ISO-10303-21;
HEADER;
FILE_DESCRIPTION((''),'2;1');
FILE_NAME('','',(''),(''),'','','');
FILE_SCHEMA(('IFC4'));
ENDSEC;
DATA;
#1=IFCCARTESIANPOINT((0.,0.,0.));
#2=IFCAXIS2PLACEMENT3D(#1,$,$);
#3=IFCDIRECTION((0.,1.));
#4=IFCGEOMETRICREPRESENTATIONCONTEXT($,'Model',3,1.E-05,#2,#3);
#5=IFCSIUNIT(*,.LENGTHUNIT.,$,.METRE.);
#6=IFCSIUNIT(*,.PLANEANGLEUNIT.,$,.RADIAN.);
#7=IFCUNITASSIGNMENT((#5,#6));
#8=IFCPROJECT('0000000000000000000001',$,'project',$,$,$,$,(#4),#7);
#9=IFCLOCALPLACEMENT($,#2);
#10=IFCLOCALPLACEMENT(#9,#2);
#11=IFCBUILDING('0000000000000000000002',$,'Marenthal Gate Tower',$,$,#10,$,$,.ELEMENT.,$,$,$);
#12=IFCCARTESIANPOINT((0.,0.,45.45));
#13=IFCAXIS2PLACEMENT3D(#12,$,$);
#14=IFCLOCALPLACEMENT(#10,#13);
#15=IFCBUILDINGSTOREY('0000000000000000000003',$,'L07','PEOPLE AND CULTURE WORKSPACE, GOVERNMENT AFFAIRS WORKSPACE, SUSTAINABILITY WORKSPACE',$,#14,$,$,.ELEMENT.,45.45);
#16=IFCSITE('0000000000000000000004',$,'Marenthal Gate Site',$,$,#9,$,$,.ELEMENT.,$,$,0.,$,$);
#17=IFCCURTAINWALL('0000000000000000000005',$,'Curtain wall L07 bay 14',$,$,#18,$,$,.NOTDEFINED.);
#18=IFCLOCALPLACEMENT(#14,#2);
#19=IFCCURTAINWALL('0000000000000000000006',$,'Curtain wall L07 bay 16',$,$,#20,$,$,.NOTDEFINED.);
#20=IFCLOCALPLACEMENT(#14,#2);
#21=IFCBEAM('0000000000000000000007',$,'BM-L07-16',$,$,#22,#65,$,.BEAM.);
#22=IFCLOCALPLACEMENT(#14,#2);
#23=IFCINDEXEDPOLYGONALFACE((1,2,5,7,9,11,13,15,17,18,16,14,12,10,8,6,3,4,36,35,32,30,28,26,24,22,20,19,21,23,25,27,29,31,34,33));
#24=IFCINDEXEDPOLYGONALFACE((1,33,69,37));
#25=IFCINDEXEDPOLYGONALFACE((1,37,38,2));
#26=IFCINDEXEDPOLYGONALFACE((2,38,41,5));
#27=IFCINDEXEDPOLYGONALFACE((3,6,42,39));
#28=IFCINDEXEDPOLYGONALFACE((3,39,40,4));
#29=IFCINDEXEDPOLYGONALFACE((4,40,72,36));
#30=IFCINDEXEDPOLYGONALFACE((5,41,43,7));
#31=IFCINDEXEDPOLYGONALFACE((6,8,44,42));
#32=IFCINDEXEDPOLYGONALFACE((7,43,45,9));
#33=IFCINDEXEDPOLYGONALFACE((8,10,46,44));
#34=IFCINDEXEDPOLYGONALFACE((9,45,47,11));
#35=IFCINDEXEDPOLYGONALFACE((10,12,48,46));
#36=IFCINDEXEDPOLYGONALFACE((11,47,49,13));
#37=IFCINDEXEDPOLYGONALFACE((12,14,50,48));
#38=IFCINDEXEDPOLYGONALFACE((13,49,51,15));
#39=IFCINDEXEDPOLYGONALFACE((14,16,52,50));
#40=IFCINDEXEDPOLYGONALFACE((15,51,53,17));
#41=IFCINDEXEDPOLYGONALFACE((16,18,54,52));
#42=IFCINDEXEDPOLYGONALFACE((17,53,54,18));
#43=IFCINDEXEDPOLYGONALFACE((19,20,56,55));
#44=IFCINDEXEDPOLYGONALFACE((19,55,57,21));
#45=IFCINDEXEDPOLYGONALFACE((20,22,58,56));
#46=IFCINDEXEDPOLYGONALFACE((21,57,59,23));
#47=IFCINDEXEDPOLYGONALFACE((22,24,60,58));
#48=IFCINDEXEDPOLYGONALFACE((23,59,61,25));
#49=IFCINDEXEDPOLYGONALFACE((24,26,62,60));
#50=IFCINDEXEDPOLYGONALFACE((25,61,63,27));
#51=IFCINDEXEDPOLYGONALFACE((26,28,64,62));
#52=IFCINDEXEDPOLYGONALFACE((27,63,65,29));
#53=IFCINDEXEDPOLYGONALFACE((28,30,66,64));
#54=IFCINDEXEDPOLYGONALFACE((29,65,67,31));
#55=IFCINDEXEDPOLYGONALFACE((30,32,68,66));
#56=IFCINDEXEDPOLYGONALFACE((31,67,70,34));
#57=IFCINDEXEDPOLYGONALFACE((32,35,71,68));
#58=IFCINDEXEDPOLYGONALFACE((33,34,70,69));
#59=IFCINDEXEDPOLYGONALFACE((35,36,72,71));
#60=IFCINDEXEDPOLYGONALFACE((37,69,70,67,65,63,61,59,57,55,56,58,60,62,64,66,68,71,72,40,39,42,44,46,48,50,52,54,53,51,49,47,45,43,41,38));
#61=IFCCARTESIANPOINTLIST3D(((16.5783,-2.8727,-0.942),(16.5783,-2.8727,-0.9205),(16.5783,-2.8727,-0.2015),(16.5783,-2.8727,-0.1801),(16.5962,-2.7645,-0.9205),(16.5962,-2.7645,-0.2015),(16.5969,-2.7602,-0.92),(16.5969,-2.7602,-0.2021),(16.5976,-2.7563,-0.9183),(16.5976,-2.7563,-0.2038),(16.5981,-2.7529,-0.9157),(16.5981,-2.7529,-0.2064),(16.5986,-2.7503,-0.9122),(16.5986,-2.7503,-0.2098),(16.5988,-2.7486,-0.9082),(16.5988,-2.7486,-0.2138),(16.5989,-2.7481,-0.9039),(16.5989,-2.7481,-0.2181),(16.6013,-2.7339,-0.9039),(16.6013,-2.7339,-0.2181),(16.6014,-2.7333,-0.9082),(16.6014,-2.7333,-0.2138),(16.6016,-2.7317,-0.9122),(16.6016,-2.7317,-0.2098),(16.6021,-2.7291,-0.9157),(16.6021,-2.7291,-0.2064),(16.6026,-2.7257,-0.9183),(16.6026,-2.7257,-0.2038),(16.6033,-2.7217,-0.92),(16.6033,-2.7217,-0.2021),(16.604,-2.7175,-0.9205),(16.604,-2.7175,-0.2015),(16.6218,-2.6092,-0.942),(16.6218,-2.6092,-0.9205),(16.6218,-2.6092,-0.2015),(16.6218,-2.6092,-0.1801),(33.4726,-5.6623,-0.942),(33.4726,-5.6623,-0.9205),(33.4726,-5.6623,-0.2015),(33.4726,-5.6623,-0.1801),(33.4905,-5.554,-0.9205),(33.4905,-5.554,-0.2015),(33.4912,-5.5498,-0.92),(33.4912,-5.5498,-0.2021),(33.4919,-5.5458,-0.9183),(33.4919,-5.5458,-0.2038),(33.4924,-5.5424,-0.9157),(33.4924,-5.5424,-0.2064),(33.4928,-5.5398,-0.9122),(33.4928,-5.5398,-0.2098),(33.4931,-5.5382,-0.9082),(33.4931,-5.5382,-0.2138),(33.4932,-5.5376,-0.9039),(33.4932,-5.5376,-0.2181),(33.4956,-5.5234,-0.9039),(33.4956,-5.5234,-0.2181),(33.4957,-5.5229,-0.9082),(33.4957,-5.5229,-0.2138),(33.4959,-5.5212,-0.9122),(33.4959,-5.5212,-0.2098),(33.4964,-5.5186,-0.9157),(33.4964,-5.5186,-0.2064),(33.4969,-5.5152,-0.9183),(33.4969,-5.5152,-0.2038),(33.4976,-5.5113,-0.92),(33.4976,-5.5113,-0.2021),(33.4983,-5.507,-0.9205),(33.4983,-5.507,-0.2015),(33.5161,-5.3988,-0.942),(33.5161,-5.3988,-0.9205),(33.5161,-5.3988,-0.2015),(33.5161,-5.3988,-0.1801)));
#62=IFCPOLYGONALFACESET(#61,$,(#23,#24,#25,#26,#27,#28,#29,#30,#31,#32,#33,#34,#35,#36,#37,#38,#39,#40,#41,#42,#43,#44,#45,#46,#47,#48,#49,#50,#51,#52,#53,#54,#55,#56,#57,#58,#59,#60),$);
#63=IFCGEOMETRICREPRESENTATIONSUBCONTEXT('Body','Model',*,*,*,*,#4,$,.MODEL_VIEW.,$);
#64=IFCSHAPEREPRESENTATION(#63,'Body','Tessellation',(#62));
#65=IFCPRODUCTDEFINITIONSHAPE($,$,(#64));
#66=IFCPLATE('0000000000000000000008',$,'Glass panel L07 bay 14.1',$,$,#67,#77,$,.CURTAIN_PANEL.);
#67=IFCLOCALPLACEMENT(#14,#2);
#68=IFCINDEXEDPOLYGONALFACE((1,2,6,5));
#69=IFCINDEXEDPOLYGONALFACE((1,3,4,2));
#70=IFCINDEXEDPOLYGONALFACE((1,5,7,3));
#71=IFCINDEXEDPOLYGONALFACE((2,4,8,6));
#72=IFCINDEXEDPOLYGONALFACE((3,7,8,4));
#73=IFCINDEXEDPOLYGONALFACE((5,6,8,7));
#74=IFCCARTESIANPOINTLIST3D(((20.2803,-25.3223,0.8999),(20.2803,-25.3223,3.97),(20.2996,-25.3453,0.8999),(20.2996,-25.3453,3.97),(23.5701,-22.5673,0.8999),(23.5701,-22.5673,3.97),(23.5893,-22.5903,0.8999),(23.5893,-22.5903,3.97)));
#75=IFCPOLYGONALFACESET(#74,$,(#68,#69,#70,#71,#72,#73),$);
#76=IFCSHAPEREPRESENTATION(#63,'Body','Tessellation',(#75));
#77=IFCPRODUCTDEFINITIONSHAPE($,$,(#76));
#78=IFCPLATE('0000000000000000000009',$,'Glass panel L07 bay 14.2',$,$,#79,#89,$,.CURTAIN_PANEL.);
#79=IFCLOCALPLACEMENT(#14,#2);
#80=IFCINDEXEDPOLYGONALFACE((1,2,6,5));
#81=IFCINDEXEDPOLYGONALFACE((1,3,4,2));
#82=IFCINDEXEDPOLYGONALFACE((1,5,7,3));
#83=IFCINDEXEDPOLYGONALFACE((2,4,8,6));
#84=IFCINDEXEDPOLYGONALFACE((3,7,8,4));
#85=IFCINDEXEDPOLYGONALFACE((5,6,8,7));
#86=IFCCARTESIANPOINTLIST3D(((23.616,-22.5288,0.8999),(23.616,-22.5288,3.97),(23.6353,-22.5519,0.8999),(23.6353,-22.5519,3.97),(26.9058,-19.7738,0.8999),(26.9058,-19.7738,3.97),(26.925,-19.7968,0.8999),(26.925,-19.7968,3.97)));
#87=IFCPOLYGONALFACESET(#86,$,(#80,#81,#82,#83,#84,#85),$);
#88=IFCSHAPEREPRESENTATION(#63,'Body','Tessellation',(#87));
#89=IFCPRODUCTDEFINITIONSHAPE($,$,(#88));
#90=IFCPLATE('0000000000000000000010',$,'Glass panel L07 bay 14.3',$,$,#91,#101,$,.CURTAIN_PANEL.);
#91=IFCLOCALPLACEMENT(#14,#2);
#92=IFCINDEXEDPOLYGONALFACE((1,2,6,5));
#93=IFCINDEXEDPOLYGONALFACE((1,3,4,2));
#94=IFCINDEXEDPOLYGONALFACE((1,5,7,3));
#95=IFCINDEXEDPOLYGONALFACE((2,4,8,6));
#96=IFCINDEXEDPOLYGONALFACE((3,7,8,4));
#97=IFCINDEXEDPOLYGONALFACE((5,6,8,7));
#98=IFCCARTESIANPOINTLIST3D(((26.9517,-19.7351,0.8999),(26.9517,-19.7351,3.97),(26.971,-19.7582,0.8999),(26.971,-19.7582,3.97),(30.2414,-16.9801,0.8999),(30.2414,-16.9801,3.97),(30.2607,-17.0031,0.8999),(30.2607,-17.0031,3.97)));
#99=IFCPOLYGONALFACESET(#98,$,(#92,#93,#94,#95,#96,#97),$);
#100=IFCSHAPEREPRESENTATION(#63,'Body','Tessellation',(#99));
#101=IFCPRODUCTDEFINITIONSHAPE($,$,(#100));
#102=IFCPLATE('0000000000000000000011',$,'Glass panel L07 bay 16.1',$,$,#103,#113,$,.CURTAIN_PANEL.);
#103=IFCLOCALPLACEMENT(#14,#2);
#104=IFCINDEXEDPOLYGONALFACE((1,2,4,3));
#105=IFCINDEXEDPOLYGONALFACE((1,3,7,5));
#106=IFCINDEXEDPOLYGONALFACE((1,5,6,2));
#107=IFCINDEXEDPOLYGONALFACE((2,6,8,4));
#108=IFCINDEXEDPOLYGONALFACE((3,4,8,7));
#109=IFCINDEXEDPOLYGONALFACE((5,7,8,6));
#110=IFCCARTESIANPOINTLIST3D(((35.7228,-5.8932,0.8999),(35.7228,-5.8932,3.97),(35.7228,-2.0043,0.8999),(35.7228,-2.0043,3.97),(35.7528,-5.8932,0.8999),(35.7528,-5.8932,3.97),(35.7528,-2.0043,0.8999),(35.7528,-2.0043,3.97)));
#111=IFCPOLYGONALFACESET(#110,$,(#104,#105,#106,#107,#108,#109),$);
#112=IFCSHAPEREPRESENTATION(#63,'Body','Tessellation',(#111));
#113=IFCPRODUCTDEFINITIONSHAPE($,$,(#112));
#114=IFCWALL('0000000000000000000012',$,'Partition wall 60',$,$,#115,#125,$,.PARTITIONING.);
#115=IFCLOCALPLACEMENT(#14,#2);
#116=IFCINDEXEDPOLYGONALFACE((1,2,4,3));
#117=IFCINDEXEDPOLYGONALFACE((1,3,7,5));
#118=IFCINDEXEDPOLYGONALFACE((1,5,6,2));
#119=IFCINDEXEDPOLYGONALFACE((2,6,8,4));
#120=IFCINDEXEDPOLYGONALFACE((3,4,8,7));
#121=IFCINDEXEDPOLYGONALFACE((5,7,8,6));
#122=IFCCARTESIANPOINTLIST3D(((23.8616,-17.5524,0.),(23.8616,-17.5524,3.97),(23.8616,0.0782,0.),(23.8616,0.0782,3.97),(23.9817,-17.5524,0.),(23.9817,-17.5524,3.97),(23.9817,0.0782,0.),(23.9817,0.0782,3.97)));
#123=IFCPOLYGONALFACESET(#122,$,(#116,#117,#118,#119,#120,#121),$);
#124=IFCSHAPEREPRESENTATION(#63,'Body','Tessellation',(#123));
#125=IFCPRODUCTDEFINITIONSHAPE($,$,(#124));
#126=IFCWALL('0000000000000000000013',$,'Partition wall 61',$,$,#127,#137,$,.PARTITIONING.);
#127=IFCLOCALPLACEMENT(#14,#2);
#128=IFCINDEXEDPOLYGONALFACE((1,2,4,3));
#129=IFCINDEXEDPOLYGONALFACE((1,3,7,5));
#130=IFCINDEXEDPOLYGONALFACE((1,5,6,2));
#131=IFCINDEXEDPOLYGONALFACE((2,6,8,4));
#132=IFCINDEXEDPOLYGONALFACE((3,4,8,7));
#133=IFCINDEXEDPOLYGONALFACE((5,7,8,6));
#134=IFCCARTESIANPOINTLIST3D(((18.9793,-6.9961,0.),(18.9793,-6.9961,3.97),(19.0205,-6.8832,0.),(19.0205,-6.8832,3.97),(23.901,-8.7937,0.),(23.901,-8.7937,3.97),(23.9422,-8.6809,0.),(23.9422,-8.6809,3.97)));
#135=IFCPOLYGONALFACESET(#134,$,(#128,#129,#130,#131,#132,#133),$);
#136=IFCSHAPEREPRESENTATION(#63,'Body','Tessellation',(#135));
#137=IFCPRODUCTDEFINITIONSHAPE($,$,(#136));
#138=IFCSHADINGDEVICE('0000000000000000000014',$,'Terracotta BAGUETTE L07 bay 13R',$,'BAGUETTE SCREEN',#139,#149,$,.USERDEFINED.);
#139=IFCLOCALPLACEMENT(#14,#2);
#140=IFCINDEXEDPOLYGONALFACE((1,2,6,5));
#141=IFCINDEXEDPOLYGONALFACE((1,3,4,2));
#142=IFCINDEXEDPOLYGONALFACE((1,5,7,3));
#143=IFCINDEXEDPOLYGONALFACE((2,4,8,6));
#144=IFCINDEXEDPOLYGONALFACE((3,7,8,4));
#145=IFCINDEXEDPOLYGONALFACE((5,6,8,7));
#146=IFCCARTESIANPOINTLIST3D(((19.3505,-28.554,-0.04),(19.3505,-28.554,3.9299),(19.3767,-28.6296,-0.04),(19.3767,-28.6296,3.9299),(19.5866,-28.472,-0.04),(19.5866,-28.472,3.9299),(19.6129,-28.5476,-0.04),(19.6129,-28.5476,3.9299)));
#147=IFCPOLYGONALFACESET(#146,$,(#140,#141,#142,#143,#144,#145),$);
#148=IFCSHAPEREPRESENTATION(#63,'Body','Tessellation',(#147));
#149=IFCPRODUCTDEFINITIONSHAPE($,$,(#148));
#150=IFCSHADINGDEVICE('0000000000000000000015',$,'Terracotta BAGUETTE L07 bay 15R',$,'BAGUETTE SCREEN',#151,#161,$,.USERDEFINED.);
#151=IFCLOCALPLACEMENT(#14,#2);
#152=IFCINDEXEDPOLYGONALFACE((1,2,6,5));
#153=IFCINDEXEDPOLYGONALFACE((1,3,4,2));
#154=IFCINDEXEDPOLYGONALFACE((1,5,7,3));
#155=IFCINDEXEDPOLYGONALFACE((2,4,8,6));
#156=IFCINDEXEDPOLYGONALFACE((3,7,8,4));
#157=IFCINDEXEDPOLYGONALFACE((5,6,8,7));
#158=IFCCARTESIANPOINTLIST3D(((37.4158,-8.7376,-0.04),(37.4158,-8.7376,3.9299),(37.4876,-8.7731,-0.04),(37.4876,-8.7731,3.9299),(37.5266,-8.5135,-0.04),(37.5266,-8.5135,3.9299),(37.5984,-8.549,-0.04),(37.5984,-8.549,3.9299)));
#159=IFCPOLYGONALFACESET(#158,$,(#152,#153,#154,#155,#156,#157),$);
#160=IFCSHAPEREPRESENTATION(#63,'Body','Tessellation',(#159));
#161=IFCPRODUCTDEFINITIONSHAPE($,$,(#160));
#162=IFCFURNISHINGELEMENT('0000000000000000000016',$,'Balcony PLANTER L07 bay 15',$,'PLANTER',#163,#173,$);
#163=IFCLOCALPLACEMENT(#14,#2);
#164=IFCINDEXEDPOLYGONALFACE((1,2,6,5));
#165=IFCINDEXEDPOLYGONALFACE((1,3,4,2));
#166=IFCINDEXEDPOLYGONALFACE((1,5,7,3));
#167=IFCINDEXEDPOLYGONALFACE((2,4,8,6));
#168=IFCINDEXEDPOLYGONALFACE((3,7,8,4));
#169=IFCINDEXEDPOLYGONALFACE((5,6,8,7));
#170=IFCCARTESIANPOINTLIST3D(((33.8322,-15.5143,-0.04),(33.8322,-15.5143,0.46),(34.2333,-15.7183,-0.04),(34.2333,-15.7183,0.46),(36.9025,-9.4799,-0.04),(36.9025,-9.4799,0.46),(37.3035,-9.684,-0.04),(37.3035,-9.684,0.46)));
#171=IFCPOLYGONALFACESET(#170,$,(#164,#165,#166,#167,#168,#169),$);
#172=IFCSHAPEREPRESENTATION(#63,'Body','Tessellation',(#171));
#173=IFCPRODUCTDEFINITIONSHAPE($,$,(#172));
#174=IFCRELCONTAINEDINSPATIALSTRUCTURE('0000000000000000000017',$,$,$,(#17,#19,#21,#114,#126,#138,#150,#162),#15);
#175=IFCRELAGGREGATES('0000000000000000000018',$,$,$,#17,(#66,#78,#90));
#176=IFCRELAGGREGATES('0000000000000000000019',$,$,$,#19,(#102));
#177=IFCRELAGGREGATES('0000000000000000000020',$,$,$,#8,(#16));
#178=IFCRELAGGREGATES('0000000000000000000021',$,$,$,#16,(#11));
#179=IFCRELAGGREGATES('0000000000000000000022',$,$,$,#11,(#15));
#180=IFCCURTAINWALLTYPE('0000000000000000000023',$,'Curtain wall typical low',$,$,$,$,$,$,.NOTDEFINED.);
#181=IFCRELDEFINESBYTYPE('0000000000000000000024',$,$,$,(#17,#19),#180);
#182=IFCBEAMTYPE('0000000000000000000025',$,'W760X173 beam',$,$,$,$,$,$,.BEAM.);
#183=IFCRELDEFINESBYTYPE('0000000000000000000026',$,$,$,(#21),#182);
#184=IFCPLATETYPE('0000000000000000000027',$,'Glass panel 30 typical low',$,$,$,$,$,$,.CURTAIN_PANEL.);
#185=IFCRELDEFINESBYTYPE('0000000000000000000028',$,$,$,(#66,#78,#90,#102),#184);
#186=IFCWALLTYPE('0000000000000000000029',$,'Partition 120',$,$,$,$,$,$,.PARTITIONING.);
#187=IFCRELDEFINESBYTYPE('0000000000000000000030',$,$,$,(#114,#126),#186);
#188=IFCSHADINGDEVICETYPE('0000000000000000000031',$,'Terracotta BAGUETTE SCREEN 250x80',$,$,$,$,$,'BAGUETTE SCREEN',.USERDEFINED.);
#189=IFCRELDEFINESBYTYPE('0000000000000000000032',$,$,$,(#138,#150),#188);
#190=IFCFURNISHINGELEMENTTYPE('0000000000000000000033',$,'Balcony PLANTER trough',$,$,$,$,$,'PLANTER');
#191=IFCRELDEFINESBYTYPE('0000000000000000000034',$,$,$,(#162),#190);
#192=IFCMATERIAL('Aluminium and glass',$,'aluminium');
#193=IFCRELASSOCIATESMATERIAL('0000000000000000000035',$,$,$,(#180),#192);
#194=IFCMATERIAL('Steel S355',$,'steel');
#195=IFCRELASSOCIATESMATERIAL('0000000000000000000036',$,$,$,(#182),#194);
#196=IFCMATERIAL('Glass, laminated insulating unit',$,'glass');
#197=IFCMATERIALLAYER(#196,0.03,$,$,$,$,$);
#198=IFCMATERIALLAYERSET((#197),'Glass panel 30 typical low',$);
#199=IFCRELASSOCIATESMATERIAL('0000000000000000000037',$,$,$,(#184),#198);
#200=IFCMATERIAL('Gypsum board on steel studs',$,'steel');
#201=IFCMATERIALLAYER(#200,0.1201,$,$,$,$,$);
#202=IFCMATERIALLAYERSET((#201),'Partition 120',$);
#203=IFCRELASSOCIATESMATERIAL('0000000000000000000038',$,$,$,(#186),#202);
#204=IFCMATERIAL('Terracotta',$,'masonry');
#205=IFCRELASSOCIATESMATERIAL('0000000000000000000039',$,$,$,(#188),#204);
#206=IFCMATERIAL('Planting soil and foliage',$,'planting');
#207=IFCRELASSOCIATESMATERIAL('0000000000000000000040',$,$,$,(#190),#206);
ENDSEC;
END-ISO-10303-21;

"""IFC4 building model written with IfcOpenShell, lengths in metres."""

from ifc_helpers import new_model, si_unit, direction, frame, frame_2d, origin, origin_2d, place, context, subcontext, project, spatial, rectangle, i_section, extrude, material, layer, layer_set, material_profile, profile_set, type_object, element, aggregate, save


model = new_model("IFC4")

# Units and contexts
model_context = context("Model", 3, precision=1e-05, world=origin(), true_north=direction((0.0, 1.0)))
body_context = subcontext(model_context, "Body", "Model", "MODEL_VIEW")
ifc_project = project(units=[si_unit("LENGTHUNIT", "METRE"), si_unit("PLANEANGLEUNIT", "RADIAN")], contexts=[model_context])

# Site, building, storey
site_placement = place(None, origin())
site = spatial("IfcSite", under=ifc_project, at=site_placement, Name="Marenthal Gate Site", CompositionType="ELEMENT", RefElevation=0.0)
building_placement = place(site_placement, origin())
building = spatial("IfcBuilding", under=site, at=building_placement, Name="Marenthal Gate Tower", CompositionType="ELEMENT")
storey_placement = place(building_placement, frame((0.0, 0.0, 45.45)))
storey = spatial("IfcBuildingStorey", under=building, at=storey_placement, Name="L07", Description="PEOPLE AND CULTURE WORKSPACE, GOVERNMENT AFFAIRS WORKSPACE, SUSTAINABILITY WORKSPACE", CompositionType="ELEMENT", Elevation=45.45)

# Curtain walls
ifc_material_1 = material(Name="Aluminium and glass", Category="aluminium")
curtain_wall_type = type_object("IfcCurtainWallType", Name="Curtain wall typical low", PredefinedType="NOTDEFINED", material=ifc_material_1)
curtain_wall_1_placement = place(storey_placement, origin())
curtain_wall_1 = element("IfcCurtainWall", 1, at=curtain_wall_1_placement, inside=storey, type_object=curtain_wall_type, Name="Curtain wall L07 bay 14", PredefinedType="NOTDEFINED")
curtain_wall_2_placement = place(storey_placement, origin())
curtain_wall_2 = element("IfcCurtainWall", 2, at=curtain_wall_2_placement, inside=storey, type_object=curtain_wall_type, Name="Curtain wall L07 bay 16", PredefinedType="NOTDEFINED")

# Beam
ifc_material_2 = material(Name="Steel S355", Category="steel")
ifc_material_profile_1 = material_profile(ifc_material_2, i_section(OverallWidth=0.2671, OverallDepth=0.762, WebThickness=0.0144, FlangeThickness=0.0215, FilletRadius=0.0166, at=origin_2d()), Name="W760X173")
ifc_profile_set_1 = profile_set([ifc_material_profile_1], Name="Steel S355")
beam_type_1 = type_object("IfcBeamType", Name="W760X173 beam", PredefinedType="BEAM", material=ifc_profile_set_1)
beam_1_placement = place(storey_placement, frame((33.4944, -5.5305, -0.561), z_axis=(-0.986641, 0.162912, 0.0), x_axis=(-0.162912, -0.986641, 0.0)))
element("IfcBeam", 3, at=beam_1_placement, inside=storey, type_object=beam_type_1, Name="BM-L07-16", PredefinedType="BEAM", context=body_context, shape_type="SweptSolid", body=[
    extrude(i_section(OverallWidth=0.2671, OverallDepth=0.762, WebThickness=0.0144, FlangeThickness=0.0215, FilletRadius=0.0166, at=origin_2d()), origin(), (0.0, 0.0, 1.0), 17.123),
])

# Plates
ifc_material_3 = material(Name="Glass, laminated insulating unit", Category="glass")
ifc_layer_1 = layer(ifc_material_3, 0.03)
ifc_layer_set_1 = layer_set([ifc_layer_1], Name="Glass panel 30 typical low")
plate_type = type_object("IfcPlateType", Name="Glass panel 30 typical low", PredefinedType="CURTAIN_PANEL", material=ifc_layer_set_1)
plate_1_placement = place(storey_placement, frame((21.9348, -23.9563, 0.8999), z_axis=(0.0, 0.0, 1.0), x_axis=(0.766665, 0.642047, 0.0)))
plate_1 = element("IfcPlate", 4, at=plate_1_placement, type_object=plate_type, Name="Glass panel L07 bay 14.1", PredefinedType="CURTAIN_PANEL", context=body_context, shape_type="SweptSolid", body=[
    extrude(rectangle(XDim=4.291, YDim=0.03, at=origin_2d()), origin(), (0.0, 0.0, 1.0), 3.0701),
])
plate_2_placement = place(storey_placement, frame((25.2705, -21.1628, 0.8999), z_axis=(0.0, 0.0, 1.0), x_axis=(0.766665, 0.642047, 0.0)))
plate_2 = element("IfcPlate", 5, at=plate_2_placement, type_object=plate_type, Name="Glass panel L07 bay 14.2", PredefinedType="CURTAIN_PANEL", context=body_context, shape_type="SweptSolid", body=[
    extrude(rectangle(XDim=4.291, YDim=0.03, at=origin_2d()), origin(), (0.0, 0.0, 1.0), 3.0701),
])
plate_3_placement = place(storey_placement, frame((28.6062, -18.3691, 0.8999), z_axis=(0.0, 0.0, 1.0), x_axis=(0.766665, 0.642047, 0.0)))
plate_3 = element("IfcPlate", 6, at=plate_3_placement, type_object=plate_type, Name="Glass panel L07 bay 14.3", PredefinedType="CURTAIN_PANEL", context=body_context, shape_type="SweptSolid", body=[
    extrude(rectangle(XDim=4.291, YDim=0.03, at=origin_2d()), origin(), (0.0, 0.0, 1.0), 3.0701),
])
aggregate(curtain_wall_1, [plate_1, plate_2, plate_3])
plate_4_placement = place(storey_placement, frame((35.7378, -3.9487, 0.8999), z_axis=(0.0, 0.0, 1.0), x_axis=(0.0, 1.0, 0.0)))
plate_4 = element("IfcPlate", 7, at=plate_4_placement, type_object=plate_type, Name="Glass panel L07 bay 16.1", PredefinedType="CURTAIN_PANEL", context=body_context, shape_type="SweptSolid", body=[
    extrude(rectangle(XDim=3.8889, YDim=0.03, at=origin_2d()), origin(), (0.0, 0.0, 1.0), 3.0701),
])
aggregate(curtain_wall_2, [plate_4])

# Walls
ifc_material_4 = material(Name="Gypsum board on steel studs", Category="steel")
ifc_layer_2 = layer(ifc_material_4, 0.1201)
ifc_layer_set_2 = layer_set([ifc_layer_2], Name="Partition 120")
wall_type_1 = type_object("IfcWallType", Name="Partition 120", PredefinedType="PARTITIONING", material=ifc_layer_set_2)
wall_1_placement = place(storey_placement, frame((23.9216, -17.5525, 0.0), z_axis=(0.0, 0.0, 1.0), x_axis=(0.0, 1.0, 0.0)))
element("IfcWall", 8, at=wall_1_placement, inside=storey, type_object=wall_type_1, Name="Partition wall 60", PredefinedType="PARTITIONING", context=body_context, shape_type="SweptSolid", body=[
    extrude(rectangle(XDim=17.6306, YDim=0.1201, at=frame_2d((8.8154, 0.0))), origin(), (0.0, 0.0, 1.0), 3.97),
])
wall_2_placement = place(storey_placement, frame((23.9216, -8.7373, 0.0), z_axis=(0.0, 0.0, 1.0), x_axis=(-0.939307, 0.343078, 0.0)))
element("IfcWall", 9, at=wall_2_placement, inside=storey, type_object=wall_type_1, Name="Partition wall 61", PredefinedType="PARTITIONING", context=body_context, shape_type="SweptSolid", body=[
    extrude(rectangle(XDim=5.2397, YDim=0.1201, at=frame_2d((2.6199, 0.0))), origin(), (0.0, 0.0, 1.0), 3.97),
])

# Shading devices
ifc_material_5 = material(Name="Terracotta", Category="masonry")
ifc_material_profile_2 = material_profile(ifc_material_5, rectangle(XDim=0.25, YDim=0.0801, at=origin_2d()), Name="Terracotta baguette 250x80")
ifc_profile_set_2 = profile_set([ifc_material_profile_2], Name="Terracotta")
shading_device_type = type_object("IfcShadingDeviceType", Name="Terracotta BAGUETTE SCREEN 250x80", ElementType="BAGUETTE SCREEN", PredefinedType="USERDEFINED", material=ifc_profile_set_2)
for number, where, z_axis, x_axis, name in (
    (10, (19.4817, -28.5508, -0.04), (0.0, 0.0, 1.0), (0.944691, 0.327963, 0.0), "Terracotta BAGUETTE L07 bay 13R"),
    (11, (37.5071, -8.6433, -0.04), (0.0, 0.0, 1.0), (0.443058, 0.896493, 0.0), "Terracotta BAGUETTE L07 bay 15R"),
):
    element("IfcShadingDevice", number, at=place(storey_placement, frame(where, z_axis=z_axis, x_axis=x_axis)), inside=storey, type_object=shading_device_type, Name=name, ObjectType="BAGUETTE SCREEN", PredefinedType="USERDEFINED", context=body_context, shape_type="SweptSolid", body=[
        extrude(rectangle(XDim=0.25, YDim=0.0801, at=origin_2d()), origin(), (0.0, 0.0, 1.0), 3.97),
    ])

# Furnishing element
ifc_material_6 = material(Name="Planting soil and foliage", Category="planting")
furnishing_element_type = type_object("IfcFurnishingElementType", Name="Balcony PLANTER trough", ElementType="PLANTER", material=ifc_material_6)
furnishing_placement = place(storey_placement, frame((35.5679, -12.5991, -0.04), z_axis=(0.0, 0.0, 1.0), x_axis=(0.453476, 0.891269, 0.0)))
element("IfcFurnishingElement", 12, at=furnishing_placement, inside=storey, type_object=furnishing_element_type, Name="Balcony PLANTER L07 bay 15", ObjectType="PLANTER", context=body_context, shape_type="SweptSolid", body=[
    extrude(rectangle(XDim=6.7705, YDim=0.45, at=origin_2d()), origin(), (0.0, 0.0, 1.0), 0.5),
])

save(model, "model.ifc")
